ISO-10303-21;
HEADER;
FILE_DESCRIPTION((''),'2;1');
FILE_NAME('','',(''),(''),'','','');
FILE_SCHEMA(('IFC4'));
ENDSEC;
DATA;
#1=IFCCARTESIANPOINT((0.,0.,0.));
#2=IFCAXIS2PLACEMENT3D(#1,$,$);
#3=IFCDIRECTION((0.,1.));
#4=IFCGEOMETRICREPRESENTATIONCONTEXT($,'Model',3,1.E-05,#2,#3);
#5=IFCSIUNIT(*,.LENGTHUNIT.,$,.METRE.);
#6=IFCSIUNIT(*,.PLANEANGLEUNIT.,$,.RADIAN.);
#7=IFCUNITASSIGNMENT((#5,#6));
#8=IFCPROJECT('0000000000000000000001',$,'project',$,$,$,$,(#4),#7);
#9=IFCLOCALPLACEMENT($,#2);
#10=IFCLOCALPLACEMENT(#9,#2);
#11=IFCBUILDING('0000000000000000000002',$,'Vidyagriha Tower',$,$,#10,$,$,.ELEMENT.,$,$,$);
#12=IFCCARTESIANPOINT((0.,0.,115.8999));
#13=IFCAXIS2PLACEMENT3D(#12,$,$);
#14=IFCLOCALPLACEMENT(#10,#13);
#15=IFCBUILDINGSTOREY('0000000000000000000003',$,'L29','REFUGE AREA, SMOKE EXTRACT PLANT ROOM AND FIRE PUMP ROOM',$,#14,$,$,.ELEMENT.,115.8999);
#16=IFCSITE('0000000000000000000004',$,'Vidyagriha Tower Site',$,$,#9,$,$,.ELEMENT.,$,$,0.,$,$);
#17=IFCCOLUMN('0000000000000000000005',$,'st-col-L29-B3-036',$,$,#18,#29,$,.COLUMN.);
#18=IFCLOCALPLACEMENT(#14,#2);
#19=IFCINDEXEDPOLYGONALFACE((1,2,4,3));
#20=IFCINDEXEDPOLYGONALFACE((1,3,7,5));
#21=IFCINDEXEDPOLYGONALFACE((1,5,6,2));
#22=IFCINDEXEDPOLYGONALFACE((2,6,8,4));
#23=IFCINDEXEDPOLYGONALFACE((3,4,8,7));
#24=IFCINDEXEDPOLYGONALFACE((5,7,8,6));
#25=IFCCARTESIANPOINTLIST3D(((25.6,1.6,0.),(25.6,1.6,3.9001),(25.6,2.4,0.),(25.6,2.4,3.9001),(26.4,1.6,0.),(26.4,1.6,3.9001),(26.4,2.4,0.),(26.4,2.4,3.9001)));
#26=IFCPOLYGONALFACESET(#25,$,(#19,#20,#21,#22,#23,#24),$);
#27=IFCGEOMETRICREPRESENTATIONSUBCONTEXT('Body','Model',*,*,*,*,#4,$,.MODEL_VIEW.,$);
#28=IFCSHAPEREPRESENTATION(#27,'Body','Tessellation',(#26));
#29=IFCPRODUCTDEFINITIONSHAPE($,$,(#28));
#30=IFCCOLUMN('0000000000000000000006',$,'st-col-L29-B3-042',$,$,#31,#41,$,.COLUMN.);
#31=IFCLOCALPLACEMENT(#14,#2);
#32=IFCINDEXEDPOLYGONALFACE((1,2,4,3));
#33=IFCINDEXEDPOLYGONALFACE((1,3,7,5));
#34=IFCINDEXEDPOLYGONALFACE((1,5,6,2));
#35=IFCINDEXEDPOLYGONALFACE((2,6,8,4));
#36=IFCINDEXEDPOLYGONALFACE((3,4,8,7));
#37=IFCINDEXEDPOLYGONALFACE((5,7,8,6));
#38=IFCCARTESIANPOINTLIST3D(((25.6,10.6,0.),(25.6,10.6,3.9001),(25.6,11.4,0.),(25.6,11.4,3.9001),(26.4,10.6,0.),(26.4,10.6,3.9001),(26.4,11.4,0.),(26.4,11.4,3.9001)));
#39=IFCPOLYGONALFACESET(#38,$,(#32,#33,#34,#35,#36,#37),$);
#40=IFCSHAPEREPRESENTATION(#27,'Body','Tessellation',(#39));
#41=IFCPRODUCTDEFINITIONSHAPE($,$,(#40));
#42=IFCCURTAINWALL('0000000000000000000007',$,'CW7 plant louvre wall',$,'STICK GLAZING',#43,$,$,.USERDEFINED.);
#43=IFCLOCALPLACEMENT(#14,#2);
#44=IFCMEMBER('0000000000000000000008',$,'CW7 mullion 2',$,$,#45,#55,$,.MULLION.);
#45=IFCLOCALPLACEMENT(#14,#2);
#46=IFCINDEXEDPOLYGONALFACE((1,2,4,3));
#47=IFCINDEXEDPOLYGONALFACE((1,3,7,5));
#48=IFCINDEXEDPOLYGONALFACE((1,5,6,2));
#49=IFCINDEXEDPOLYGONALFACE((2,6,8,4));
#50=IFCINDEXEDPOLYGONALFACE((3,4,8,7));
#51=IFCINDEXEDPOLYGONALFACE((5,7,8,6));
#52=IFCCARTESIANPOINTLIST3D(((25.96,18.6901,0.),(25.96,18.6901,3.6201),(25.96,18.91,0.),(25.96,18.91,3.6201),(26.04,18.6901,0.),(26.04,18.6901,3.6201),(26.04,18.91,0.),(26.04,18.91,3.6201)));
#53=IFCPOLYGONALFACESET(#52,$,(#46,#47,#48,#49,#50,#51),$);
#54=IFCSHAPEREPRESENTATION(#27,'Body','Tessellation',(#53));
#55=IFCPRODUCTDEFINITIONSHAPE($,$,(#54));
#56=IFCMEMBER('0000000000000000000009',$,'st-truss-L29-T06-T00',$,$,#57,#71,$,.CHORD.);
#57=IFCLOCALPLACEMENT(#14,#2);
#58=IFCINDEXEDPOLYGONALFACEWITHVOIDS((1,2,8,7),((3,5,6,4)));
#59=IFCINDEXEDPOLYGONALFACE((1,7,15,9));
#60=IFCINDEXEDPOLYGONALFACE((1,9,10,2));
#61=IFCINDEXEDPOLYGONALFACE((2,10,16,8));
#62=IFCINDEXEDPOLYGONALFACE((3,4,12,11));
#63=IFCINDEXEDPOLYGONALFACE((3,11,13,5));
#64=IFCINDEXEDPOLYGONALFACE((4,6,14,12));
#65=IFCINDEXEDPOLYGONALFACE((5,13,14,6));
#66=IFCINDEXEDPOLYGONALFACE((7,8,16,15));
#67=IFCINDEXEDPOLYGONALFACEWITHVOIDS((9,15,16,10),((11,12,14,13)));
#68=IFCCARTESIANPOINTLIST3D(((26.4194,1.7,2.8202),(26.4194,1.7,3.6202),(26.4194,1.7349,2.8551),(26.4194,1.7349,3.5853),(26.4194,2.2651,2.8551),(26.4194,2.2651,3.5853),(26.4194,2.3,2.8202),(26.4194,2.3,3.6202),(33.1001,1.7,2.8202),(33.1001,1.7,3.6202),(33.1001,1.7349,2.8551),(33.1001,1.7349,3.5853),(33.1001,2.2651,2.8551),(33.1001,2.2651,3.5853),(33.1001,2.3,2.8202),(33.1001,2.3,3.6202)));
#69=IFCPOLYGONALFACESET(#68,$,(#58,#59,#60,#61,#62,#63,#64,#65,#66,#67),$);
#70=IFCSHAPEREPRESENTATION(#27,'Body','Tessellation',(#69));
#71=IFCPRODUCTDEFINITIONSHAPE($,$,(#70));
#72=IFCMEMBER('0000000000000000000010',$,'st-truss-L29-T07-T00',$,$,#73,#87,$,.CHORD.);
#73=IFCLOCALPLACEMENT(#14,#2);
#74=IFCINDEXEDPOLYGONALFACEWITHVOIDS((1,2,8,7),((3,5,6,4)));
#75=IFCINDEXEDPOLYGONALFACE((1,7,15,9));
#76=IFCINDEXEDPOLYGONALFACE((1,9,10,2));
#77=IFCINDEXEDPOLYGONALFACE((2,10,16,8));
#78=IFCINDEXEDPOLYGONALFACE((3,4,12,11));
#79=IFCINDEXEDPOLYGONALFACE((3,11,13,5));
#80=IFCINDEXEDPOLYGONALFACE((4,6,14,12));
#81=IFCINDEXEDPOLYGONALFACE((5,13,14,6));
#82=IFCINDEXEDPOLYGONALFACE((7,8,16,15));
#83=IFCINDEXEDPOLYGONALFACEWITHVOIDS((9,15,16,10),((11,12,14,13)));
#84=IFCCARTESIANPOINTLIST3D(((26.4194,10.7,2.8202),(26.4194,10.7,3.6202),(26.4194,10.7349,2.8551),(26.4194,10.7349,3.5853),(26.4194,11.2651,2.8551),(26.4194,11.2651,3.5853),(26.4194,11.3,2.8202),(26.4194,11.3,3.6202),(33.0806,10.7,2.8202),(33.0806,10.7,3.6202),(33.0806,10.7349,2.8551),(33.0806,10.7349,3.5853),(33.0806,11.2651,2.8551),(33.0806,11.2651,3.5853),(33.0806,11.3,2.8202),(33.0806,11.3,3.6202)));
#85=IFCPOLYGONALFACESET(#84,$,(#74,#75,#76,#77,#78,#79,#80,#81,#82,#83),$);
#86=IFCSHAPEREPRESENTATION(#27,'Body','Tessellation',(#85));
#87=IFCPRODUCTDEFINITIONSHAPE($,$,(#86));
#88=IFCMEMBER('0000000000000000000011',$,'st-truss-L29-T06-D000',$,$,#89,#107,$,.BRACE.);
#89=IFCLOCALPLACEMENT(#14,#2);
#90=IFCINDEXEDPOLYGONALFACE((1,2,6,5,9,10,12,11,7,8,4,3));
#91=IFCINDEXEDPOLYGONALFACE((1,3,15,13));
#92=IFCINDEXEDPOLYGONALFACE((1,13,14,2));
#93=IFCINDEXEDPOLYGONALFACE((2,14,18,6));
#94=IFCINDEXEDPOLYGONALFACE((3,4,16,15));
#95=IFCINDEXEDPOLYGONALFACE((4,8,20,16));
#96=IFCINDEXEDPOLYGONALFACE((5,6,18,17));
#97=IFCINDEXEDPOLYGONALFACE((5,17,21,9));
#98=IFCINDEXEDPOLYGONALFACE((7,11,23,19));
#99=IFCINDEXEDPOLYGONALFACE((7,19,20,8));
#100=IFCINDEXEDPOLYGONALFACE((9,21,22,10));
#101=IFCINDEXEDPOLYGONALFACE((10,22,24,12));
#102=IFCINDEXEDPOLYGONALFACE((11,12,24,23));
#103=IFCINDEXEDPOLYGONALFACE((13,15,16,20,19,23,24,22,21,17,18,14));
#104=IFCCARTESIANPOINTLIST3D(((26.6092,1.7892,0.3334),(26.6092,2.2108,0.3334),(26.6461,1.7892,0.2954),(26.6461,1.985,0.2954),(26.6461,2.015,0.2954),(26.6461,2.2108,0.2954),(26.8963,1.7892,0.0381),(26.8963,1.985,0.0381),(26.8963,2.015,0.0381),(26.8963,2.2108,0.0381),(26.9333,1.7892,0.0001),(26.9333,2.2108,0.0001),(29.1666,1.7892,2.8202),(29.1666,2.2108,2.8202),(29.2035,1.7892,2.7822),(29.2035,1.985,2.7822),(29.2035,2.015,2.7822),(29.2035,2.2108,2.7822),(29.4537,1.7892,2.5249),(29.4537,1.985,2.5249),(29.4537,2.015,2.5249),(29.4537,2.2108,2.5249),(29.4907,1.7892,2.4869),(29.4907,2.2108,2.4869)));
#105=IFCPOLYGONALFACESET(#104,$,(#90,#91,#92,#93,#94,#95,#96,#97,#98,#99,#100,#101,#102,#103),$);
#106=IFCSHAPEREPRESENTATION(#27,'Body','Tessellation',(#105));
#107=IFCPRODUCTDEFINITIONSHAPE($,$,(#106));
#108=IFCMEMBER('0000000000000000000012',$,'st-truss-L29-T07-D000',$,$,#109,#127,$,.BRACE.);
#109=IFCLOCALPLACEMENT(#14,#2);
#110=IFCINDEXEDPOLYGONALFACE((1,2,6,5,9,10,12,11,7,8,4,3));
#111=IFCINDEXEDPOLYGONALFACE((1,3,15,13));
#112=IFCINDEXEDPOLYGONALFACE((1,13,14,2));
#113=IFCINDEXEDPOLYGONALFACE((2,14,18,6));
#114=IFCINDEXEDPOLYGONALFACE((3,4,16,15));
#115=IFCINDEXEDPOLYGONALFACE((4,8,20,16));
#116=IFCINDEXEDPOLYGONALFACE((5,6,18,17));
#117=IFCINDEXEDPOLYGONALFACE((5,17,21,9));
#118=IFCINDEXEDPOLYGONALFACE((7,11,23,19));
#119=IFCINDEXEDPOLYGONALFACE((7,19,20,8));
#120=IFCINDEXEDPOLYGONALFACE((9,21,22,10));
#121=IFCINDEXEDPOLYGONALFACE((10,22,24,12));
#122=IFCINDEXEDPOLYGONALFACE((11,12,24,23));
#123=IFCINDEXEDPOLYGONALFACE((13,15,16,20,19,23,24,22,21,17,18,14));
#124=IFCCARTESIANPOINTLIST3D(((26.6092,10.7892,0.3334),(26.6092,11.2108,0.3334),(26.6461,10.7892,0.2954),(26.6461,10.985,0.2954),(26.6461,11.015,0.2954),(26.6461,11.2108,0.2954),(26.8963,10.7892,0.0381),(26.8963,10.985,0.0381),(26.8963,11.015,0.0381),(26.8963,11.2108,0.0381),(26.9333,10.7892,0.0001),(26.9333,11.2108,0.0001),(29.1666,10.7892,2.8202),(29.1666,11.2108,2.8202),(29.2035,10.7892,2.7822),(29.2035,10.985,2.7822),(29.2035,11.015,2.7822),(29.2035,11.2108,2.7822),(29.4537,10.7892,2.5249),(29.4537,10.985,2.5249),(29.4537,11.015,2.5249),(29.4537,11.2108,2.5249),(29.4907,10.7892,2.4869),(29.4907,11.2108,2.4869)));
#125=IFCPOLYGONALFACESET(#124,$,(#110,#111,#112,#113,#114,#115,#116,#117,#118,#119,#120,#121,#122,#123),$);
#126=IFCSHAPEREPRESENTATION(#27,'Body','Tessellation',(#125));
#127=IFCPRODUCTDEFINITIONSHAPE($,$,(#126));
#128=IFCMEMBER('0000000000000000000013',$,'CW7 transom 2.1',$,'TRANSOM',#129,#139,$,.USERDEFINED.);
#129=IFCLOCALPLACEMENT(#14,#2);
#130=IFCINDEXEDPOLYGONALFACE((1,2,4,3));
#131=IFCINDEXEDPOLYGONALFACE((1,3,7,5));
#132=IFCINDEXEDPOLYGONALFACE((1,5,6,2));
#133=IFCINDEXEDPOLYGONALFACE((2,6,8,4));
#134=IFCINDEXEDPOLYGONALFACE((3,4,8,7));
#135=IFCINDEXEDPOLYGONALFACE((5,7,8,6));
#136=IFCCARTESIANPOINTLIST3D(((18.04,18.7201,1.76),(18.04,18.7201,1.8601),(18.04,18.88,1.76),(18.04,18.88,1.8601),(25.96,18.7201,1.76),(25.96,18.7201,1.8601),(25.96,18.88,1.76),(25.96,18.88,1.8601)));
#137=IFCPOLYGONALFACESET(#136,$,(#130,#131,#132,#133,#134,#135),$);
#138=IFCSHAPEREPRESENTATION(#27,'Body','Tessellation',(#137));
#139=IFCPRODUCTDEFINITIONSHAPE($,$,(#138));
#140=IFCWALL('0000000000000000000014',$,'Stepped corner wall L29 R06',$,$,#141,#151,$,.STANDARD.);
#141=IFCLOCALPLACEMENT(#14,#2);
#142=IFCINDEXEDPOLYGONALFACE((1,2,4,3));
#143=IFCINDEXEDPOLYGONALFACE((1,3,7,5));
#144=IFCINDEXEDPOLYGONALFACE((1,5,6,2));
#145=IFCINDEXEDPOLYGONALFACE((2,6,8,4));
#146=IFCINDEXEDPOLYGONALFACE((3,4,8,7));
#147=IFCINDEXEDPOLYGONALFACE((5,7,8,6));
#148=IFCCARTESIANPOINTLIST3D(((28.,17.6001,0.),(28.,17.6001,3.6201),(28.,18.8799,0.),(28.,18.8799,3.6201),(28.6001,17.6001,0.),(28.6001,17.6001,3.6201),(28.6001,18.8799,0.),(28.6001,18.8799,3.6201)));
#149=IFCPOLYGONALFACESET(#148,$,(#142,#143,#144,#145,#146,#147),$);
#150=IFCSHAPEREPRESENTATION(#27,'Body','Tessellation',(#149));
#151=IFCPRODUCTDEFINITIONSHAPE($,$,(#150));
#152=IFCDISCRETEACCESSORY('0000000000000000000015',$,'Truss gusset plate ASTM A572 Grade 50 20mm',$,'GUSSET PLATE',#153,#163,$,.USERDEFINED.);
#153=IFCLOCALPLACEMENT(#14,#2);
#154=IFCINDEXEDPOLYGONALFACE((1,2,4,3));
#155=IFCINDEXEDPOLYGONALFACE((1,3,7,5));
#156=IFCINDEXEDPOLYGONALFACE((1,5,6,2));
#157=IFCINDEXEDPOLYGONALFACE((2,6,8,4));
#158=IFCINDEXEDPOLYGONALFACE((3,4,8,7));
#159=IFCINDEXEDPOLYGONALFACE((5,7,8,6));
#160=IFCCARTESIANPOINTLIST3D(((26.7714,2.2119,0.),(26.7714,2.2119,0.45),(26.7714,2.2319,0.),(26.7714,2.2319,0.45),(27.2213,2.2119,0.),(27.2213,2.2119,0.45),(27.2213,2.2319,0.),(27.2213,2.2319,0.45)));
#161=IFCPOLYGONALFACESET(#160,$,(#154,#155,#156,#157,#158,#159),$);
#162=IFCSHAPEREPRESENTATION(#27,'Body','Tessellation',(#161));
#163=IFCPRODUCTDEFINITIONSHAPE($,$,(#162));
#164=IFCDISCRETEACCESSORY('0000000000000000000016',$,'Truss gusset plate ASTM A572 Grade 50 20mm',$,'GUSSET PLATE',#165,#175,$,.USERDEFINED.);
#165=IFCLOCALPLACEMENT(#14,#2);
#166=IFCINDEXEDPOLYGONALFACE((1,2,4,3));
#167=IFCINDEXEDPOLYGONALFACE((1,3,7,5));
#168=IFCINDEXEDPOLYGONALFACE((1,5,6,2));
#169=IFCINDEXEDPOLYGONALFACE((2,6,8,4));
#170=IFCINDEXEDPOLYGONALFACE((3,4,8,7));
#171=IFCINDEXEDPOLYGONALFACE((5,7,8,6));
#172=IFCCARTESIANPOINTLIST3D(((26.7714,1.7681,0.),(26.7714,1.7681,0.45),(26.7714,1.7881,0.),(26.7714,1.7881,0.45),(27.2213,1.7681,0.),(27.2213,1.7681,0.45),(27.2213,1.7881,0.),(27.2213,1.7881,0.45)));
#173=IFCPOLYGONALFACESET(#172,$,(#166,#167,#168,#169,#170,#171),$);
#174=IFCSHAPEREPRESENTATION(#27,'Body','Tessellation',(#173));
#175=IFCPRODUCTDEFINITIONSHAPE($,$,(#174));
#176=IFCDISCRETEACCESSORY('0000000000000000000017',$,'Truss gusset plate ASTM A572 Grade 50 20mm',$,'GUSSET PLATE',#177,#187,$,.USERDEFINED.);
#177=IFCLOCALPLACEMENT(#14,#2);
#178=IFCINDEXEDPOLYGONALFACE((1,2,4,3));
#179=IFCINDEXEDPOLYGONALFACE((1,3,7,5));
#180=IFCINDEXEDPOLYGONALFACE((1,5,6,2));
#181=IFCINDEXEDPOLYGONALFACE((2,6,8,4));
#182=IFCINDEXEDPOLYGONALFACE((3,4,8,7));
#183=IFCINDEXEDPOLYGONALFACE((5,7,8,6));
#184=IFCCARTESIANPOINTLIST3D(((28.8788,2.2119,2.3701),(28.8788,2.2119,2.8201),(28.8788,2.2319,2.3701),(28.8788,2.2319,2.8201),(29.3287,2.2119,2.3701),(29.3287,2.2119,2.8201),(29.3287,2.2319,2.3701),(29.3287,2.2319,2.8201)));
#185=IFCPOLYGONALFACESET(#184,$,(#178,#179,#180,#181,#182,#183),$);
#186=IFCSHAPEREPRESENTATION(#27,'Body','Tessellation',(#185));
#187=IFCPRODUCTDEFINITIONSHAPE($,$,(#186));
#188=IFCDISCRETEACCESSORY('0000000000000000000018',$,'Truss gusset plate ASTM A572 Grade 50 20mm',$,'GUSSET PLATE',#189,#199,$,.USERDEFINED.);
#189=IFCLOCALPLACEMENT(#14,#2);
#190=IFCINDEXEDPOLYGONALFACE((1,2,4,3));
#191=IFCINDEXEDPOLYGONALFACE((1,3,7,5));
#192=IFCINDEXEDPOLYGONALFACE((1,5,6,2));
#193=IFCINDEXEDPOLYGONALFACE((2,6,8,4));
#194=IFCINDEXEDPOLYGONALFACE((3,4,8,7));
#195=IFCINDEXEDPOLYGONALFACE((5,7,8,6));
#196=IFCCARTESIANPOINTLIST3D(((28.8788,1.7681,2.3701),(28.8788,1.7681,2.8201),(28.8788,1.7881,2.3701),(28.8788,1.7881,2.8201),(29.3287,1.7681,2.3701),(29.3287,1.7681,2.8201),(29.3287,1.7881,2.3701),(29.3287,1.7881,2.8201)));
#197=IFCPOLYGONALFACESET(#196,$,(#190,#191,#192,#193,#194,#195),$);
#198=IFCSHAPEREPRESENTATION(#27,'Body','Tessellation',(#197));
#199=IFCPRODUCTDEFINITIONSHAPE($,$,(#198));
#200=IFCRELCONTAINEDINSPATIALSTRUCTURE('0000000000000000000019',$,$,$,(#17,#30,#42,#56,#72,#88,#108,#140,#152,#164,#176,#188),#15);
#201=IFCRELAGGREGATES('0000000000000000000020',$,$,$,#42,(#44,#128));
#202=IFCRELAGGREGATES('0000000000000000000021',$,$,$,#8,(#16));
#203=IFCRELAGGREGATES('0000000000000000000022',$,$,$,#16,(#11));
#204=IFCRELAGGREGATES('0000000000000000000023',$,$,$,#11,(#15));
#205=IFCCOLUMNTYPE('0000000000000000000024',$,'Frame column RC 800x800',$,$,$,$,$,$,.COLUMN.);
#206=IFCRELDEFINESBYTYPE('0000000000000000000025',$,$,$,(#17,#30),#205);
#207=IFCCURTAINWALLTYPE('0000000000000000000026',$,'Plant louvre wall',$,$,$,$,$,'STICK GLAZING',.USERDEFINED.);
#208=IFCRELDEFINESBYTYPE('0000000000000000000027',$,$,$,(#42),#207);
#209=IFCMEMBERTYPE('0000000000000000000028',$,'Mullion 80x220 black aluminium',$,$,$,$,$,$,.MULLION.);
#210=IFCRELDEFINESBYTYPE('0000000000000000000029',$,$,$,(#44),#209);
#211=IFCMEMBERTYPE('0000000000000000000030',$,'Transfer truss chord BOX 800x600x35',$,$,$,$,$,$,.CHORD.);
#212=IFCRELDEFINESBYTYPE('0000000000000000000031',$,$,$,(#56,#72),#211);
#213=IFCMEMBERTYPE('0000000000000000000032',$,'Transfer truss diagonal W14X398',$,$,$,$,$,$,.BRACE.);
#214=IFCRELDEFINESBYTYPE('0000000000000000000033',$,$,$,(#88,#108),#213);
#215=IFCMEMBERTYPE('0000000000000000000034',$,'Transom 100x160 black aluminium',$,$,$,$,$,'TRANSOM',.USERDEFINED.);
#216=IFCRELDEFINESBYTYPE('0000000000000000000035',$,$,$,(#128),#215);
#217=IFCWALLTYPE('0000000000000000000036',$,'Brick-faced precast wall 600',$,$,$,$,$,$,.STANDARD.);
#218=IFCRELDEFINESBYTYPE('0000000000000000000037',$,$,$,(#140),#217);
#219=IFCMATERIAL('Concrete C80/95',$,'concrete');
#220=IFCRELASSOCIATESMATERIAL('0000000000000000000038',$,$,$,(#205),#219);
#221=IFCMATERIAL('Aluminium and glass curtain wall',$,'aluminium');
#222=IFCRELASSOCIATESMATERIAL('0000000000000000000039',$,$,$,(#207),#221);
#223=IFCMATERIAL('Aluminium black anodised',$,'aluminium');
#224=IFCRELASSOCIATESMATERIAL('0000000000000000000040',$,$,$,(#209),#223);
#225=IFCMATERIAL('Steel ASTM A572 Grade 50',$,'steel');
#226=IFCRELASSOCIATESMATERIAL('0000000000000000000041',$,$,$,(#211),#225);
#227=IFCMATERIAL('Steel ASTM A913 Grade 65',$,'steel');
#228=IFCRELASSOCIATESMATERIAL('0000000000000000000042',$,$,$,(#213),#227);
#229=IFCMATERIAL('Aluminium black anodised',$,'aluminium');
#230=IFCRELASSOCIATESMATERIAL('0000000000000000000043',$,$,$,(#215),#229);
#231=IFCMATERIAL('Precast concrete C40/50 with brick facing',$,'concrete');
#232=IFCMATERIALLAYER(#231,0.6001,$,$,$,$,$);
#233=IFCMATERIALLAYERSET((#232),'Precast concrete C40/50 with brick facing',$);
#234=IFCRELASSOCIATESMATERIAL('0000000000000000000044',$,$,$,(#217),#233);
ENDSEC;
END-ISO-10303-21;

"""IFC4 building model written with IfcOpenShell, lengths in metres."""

from ifc_helpers import new_model, si_unit, direction, frame, frame_2d, origin, origin_2d, place, context, subcontext, project, spatial, rectangle, hollow_rectangle, i_section, extrude, material, layer, layer_set, material_profile, profile_set, type_object, element, aggregate, save


model = new_model("IFC4")

# Units and contexts
model_context = context("Model", 3, precision=1e-05, world=origin(), true_north=direction((0.0, 1.0)))
body_context = subcontext(model_context, "Body", "Model", "MODEL_VIEW")
ifc_project = project(units=[si_unit("LENGTHUNIT", "METRE"), si_unit("PLANEANGLEUNIT", "RADIAN")], contexts=[model_context])

# Site, building, storey
site_placement = place(None, origin())
site = spatial("IfcSite", under=ifc_project, at=site_placement, Name="Vidyagriha Tower Site", CompositionType="ELEMENT", RefElevation=0.0)
building_placement = place(site_placement, origin())
building = spatial("IfcBuilding", under=site, at=building_placement, Name="Vidyagriha Tower", CompositionType="ELEMENT")
storey_placement = place(building_placement, frame((0.0, 0.0, 115.8999)))
storey = spatial("IfcBuildingStorey", under=building, at=storey_placement, Name="L29", Description="REFUGE AREA, SMOKE EXTRACT PLANT ROOM AND FIRE PUMP ROOM", CompositionType="ELEMENT", Elevation=115.8999)

# Columns
ifc_material_1 = material(Name="Concrete C80/95", Category="concrete")
ifc_material_profile_1 = material_profile(ifc_material_1, rectangle(XDim=0.8, YDim=0.8, at=origin_2d()), Name="RC 800x800")
ifc_profile_set_1 = profile_set([ifc_material_profile_1], Name="Concrete C80/95")
column_type = type_object("IfcColumnType", Name="Frame column RC 800x800", PredefinedType="COLUMN", material=ifc_profile_set_1)
for number, where, name in (
    (1, (26.0, 2.0, 0.0), "st-col-L29-B3-036"),
    (2, (26.0, 11.0, 0.0), "st-col-L29-B3-042"),
):
    element("IfcColumn", number, at=place(storey_placement, frame(where)), inside=storey, type_object=column_type, Name=name, PredefinedType="COLUMN", context=body_context, shape_type="SweptSolid", body=[
        extrude(rectangle(XDim=0.8, YDim=0.8, at=origin_2d()), origin(), (0.0, 0.0, 1.0), 3.9001),
    ])

# Curtain wall, member
ifc_material_2 = material(Name="Aluminium and glass curtain wall", Category="aluminium")
curtain_wall_type = type_object("IfcCurtainWallType", Name="Plant louvre wall", ElementType="STICK GLAZING", PredefinedType="USERDEFINED", material=ifc_material_2)
curtain_wall_placement = place(storey_placement, origin())
curtain_wall = element("IfcCurtainWall", 3, at=curtain_wall_placement, inside=storey, type_object=curtain_wall_type, Name="CW7 plant louvre wall", ObjectType="STICK GLAZING", PredefinedType="USERDEFINED")
ifc_material_3 = material(Name="Aluminium black anodised", Category="aluminium")
ifc_material_profile_2 = material_profile(ifc_material_3, rectangle(XDim=0.22, YDim=0.0801, at=origin_2d()), Name="Mullion 80x220 black aluminium")
ifc_profile_set_2 = profile_set([ifc_material_profile_2], Name="Aluminium black anodised")
member_type_1 = type_object("IfcMemberType", Name="Mullion 80x220 black aluminium", PredefinedType="MULLION", material=ifc_profile_set_2)
member_1_placement = place(storey_placement, frame((26.0, 18.8, 0.0), z_axis=(0.0, 0.0, 1.0), x_axis=(0.0, -1.0, 0.0)))
member_1 = element("IfcMember", 4, at=member_1_placement, type_object=member_type_1, Name="CW7 mullion 2", PredefinedType="MULLION", context=body_context, shape_type="SweptSolid", body=[
    extrude(rectangle(XDim=0.22, YDim=0.0801, at=origin_2d()), origin(), (0.0, 0.0, 1.0), 3.6201),
])

# Members
ifc_material_4 = material(Name="Steel ASTM A572 Grade 50", Category="steel")
ifc_material_profile_3 = material_profile(ifc_material_4, hollow_rectangle(XDim=0.6001, YDim=0.8, WallThickness=0.0349, at=origin_2d()), Name="BOX 800x600x35")
ifc_profile_set_3 = profile_set([ifc_material_profile_3], Name="Steel ASTM A572 Grade 50")
member_type_2 = type_object("IfcMemberType", Name="Transfer truss chord BOX 800x600x35", PredefinedType="CHORD", material=ifc_profile_set_3)
member_2_placement = place(storey_placement, frame((26.4194, 2.0, 3.2202), z_axis=(1.0, 0.0, 0.0), x_axis=(0.0, 1.0, 0.0)))
element("IfcMember", 5, at=member_2_placement, inside=storey, type_object=member_type_2, Name="st-truss-L29-T06-T00", PredefinedType="CHORD", context=body_context, shape_type="SweptSolid", body=[
    extrude(hollow_rectangle(XDim=0.6001, YDim=0.8, WallThickness=0.0349, at=origin_2d()), origin(), (0.0, 0.0, 1.0), 6.6807),
])
member_3_placement = place(storey_placement, frame((26.4194, 11.0, 3.2202), z_axis=(1.0, 0.0, 0.0), x_axis=(0.0, 1.0, 0.0)))
element("IfcMember", 6, at=member_3_placement, inside=storey, type_object=member_type_2, Name="st-truss-L29-T07-T00", PredefinedType="CHORD", context=body_context, shape_type="SweptSolid", body=[
    extrude(hollow_rectangle(XDim=0.6001, YDim=0.8, WallThickness=0.0349, at=origin_2d()), origin(), (0.0, 0.0, 1.0), 6.6611),
])
ifc_material_5 = material(Name="Steel ASTM A913 Grade 65", Category="steel")
ifc_material_profile_4 = material_profile(ifc_material_5, i_section(OverallWidth=0.4216, OverallDepth=0.4648, WebThickness=0.03, FlangeThickness=0.053, at=origin_2d()), Name="W14X398")
ifc_profile_set_4 = profile_set([ifc_material_profile_4], Name="Steel ASTM A913 Grade 65")
member_type_3 = type_object("IfcMemberType", Name="Transfer truss diagonal W14X398", PredefinedType="BRACE", material=ifc_profile_set_4)
for number, where, z_axis, x_axis, name in (
    (7, (26.7712, 2.0, 0.1667), (0.716927, 0.0, 0.697148), (0.0, 1.0, 0.0), "st-truss-L29-T06-D000"),
    (8, (26.7712, 11.0, 0.1667), (0.716927, 0.0, 0.697148), (0.0, 1.0, 0.0), "st-truss-L29-T07-D000"),
):
    element("IfcMember", number, at=place(storey_placement, frame(where, z_axis=z_axis, x_axis=x_axis)), inside=storey, type_object=member_type_3, Name=name, PredefinedType="BRACE", context=body_context, shape_type="SweptSolid", body=[
        extrude(i_section(OverallWidth=0.4216, OverallDepth=0.4648, WebThickness=0.03, FlangeThickness=0.053, at=origin_2d()), origin(), (0.0, 0.0, 1.0), 3.5671),
    ])

# Member
ifc_material_6 = material(Name="Aluminium black anodised", Category="aluminium")
ifc_material_profile_5 = material_profile(ifc_material_6, rectangle(XDim=0.1599, YDim=0.1001, at=origin_2d()), Name="Transom 100x160 black aluminium")
ifc_profile_set_5 = profile_set([ifc_material_profile_5], Name="Aluminium black anodised")
member_type_4 = type_object("IfcMemberType", Name="Transom 100x160 black aluminium", ElementType="TRANSOM", PredefinedType="USERDEFINED", material=ifc_profile_set_5)
member_4_placement = place(storey_placement, frame((25.96, 18.8, 1.8101), z_axis=(-1.0, 0.0, 0.0), x_axis=(0.0, -1.0, 0.0)))
member_4 = element("IfcMember", 9, at=member_4_placement, type_object=member_type_4, Name="CW7 transom 2.1", ObjectType="TRANSOM", PredefinedType="USERDEFINED", context=body_context, shape_type="SweptSolid", body=[
    extrude(rectangle(XDim=0.1599, YDim=0.1001, at=origin_2d()), origin(), (0.0, 0.0, 1.0), 7.9199),
])
aggregate(curtain_wall, [member_1, member_4])

# Wall
ifc_material_7 = material(Name="Precast concrete C40/50 with brick facing", Category="concrete")
ifc_layer = layer(ifc_material_7, 0.6001)
ifc_layer_set = layer_set([ifc_layer], Name="Precast concrete C40/50 with brick facing")
wall_type = type_object("IfcWallType", Name="Brick-faced precast wall 600", PredefinedType="STANDARD", material=ifc_layer_set)
wall_placement = place(storey_placement, frame((28.3, 17.6001, 0.0), z_axis=(0.0, 0.0, 1.0), x_axis=(0.0, 1.0, 0.0)))
element("IfcWall", 10, at=wall_placement, inside=storey, type_object=wall_type, Name="Stepped corner wall L29 R06", PredefinedType="STANDARD", context=body_context, shape_type="SweptSolid", body=[
    extrude(rectangle(XDim=1.2798, YDim=0.6001, at=frame_2d((0.6399, 0.0))), origin(), (0.0, 0.0, 1.0), 3.6201),
])

# Discrete accessories
for number, where, name in (
    (11, (26.9963, 2.2219, 0.0), "Truss gusset plate ASTM A572 Grade 50 20mm"),
    (12, (26.9963, 1.7781, 0.0), "Truss gusset plate ASTM A572 Grade 50 20mm"),
    (13, (29.1038, 2.2219, 2.3701), "Truss gusset plate ASTM A572 Grade 50 20mm"),
    (14, (29.1038, 1.7781, 2.3701), "Truss gusset plate ASTM A572 Grade 50 20mm"),
):
    element("IfcDiscreteAccessory", number, at=place(storey_placement, frame(where)), inside=storey, Name=name, ObjectType="GUSSET PLATE", PredefinedType="USERDEFINED", context=body_context, shape_type="SweptSolid", body=[
        extrude(rectangle(XDim=0.45, YDim=0.02, at=origin_2d()), origin(), (0.0, 0.0, 1.0), 0.45),
    ])

save(model, "model.ifc")
